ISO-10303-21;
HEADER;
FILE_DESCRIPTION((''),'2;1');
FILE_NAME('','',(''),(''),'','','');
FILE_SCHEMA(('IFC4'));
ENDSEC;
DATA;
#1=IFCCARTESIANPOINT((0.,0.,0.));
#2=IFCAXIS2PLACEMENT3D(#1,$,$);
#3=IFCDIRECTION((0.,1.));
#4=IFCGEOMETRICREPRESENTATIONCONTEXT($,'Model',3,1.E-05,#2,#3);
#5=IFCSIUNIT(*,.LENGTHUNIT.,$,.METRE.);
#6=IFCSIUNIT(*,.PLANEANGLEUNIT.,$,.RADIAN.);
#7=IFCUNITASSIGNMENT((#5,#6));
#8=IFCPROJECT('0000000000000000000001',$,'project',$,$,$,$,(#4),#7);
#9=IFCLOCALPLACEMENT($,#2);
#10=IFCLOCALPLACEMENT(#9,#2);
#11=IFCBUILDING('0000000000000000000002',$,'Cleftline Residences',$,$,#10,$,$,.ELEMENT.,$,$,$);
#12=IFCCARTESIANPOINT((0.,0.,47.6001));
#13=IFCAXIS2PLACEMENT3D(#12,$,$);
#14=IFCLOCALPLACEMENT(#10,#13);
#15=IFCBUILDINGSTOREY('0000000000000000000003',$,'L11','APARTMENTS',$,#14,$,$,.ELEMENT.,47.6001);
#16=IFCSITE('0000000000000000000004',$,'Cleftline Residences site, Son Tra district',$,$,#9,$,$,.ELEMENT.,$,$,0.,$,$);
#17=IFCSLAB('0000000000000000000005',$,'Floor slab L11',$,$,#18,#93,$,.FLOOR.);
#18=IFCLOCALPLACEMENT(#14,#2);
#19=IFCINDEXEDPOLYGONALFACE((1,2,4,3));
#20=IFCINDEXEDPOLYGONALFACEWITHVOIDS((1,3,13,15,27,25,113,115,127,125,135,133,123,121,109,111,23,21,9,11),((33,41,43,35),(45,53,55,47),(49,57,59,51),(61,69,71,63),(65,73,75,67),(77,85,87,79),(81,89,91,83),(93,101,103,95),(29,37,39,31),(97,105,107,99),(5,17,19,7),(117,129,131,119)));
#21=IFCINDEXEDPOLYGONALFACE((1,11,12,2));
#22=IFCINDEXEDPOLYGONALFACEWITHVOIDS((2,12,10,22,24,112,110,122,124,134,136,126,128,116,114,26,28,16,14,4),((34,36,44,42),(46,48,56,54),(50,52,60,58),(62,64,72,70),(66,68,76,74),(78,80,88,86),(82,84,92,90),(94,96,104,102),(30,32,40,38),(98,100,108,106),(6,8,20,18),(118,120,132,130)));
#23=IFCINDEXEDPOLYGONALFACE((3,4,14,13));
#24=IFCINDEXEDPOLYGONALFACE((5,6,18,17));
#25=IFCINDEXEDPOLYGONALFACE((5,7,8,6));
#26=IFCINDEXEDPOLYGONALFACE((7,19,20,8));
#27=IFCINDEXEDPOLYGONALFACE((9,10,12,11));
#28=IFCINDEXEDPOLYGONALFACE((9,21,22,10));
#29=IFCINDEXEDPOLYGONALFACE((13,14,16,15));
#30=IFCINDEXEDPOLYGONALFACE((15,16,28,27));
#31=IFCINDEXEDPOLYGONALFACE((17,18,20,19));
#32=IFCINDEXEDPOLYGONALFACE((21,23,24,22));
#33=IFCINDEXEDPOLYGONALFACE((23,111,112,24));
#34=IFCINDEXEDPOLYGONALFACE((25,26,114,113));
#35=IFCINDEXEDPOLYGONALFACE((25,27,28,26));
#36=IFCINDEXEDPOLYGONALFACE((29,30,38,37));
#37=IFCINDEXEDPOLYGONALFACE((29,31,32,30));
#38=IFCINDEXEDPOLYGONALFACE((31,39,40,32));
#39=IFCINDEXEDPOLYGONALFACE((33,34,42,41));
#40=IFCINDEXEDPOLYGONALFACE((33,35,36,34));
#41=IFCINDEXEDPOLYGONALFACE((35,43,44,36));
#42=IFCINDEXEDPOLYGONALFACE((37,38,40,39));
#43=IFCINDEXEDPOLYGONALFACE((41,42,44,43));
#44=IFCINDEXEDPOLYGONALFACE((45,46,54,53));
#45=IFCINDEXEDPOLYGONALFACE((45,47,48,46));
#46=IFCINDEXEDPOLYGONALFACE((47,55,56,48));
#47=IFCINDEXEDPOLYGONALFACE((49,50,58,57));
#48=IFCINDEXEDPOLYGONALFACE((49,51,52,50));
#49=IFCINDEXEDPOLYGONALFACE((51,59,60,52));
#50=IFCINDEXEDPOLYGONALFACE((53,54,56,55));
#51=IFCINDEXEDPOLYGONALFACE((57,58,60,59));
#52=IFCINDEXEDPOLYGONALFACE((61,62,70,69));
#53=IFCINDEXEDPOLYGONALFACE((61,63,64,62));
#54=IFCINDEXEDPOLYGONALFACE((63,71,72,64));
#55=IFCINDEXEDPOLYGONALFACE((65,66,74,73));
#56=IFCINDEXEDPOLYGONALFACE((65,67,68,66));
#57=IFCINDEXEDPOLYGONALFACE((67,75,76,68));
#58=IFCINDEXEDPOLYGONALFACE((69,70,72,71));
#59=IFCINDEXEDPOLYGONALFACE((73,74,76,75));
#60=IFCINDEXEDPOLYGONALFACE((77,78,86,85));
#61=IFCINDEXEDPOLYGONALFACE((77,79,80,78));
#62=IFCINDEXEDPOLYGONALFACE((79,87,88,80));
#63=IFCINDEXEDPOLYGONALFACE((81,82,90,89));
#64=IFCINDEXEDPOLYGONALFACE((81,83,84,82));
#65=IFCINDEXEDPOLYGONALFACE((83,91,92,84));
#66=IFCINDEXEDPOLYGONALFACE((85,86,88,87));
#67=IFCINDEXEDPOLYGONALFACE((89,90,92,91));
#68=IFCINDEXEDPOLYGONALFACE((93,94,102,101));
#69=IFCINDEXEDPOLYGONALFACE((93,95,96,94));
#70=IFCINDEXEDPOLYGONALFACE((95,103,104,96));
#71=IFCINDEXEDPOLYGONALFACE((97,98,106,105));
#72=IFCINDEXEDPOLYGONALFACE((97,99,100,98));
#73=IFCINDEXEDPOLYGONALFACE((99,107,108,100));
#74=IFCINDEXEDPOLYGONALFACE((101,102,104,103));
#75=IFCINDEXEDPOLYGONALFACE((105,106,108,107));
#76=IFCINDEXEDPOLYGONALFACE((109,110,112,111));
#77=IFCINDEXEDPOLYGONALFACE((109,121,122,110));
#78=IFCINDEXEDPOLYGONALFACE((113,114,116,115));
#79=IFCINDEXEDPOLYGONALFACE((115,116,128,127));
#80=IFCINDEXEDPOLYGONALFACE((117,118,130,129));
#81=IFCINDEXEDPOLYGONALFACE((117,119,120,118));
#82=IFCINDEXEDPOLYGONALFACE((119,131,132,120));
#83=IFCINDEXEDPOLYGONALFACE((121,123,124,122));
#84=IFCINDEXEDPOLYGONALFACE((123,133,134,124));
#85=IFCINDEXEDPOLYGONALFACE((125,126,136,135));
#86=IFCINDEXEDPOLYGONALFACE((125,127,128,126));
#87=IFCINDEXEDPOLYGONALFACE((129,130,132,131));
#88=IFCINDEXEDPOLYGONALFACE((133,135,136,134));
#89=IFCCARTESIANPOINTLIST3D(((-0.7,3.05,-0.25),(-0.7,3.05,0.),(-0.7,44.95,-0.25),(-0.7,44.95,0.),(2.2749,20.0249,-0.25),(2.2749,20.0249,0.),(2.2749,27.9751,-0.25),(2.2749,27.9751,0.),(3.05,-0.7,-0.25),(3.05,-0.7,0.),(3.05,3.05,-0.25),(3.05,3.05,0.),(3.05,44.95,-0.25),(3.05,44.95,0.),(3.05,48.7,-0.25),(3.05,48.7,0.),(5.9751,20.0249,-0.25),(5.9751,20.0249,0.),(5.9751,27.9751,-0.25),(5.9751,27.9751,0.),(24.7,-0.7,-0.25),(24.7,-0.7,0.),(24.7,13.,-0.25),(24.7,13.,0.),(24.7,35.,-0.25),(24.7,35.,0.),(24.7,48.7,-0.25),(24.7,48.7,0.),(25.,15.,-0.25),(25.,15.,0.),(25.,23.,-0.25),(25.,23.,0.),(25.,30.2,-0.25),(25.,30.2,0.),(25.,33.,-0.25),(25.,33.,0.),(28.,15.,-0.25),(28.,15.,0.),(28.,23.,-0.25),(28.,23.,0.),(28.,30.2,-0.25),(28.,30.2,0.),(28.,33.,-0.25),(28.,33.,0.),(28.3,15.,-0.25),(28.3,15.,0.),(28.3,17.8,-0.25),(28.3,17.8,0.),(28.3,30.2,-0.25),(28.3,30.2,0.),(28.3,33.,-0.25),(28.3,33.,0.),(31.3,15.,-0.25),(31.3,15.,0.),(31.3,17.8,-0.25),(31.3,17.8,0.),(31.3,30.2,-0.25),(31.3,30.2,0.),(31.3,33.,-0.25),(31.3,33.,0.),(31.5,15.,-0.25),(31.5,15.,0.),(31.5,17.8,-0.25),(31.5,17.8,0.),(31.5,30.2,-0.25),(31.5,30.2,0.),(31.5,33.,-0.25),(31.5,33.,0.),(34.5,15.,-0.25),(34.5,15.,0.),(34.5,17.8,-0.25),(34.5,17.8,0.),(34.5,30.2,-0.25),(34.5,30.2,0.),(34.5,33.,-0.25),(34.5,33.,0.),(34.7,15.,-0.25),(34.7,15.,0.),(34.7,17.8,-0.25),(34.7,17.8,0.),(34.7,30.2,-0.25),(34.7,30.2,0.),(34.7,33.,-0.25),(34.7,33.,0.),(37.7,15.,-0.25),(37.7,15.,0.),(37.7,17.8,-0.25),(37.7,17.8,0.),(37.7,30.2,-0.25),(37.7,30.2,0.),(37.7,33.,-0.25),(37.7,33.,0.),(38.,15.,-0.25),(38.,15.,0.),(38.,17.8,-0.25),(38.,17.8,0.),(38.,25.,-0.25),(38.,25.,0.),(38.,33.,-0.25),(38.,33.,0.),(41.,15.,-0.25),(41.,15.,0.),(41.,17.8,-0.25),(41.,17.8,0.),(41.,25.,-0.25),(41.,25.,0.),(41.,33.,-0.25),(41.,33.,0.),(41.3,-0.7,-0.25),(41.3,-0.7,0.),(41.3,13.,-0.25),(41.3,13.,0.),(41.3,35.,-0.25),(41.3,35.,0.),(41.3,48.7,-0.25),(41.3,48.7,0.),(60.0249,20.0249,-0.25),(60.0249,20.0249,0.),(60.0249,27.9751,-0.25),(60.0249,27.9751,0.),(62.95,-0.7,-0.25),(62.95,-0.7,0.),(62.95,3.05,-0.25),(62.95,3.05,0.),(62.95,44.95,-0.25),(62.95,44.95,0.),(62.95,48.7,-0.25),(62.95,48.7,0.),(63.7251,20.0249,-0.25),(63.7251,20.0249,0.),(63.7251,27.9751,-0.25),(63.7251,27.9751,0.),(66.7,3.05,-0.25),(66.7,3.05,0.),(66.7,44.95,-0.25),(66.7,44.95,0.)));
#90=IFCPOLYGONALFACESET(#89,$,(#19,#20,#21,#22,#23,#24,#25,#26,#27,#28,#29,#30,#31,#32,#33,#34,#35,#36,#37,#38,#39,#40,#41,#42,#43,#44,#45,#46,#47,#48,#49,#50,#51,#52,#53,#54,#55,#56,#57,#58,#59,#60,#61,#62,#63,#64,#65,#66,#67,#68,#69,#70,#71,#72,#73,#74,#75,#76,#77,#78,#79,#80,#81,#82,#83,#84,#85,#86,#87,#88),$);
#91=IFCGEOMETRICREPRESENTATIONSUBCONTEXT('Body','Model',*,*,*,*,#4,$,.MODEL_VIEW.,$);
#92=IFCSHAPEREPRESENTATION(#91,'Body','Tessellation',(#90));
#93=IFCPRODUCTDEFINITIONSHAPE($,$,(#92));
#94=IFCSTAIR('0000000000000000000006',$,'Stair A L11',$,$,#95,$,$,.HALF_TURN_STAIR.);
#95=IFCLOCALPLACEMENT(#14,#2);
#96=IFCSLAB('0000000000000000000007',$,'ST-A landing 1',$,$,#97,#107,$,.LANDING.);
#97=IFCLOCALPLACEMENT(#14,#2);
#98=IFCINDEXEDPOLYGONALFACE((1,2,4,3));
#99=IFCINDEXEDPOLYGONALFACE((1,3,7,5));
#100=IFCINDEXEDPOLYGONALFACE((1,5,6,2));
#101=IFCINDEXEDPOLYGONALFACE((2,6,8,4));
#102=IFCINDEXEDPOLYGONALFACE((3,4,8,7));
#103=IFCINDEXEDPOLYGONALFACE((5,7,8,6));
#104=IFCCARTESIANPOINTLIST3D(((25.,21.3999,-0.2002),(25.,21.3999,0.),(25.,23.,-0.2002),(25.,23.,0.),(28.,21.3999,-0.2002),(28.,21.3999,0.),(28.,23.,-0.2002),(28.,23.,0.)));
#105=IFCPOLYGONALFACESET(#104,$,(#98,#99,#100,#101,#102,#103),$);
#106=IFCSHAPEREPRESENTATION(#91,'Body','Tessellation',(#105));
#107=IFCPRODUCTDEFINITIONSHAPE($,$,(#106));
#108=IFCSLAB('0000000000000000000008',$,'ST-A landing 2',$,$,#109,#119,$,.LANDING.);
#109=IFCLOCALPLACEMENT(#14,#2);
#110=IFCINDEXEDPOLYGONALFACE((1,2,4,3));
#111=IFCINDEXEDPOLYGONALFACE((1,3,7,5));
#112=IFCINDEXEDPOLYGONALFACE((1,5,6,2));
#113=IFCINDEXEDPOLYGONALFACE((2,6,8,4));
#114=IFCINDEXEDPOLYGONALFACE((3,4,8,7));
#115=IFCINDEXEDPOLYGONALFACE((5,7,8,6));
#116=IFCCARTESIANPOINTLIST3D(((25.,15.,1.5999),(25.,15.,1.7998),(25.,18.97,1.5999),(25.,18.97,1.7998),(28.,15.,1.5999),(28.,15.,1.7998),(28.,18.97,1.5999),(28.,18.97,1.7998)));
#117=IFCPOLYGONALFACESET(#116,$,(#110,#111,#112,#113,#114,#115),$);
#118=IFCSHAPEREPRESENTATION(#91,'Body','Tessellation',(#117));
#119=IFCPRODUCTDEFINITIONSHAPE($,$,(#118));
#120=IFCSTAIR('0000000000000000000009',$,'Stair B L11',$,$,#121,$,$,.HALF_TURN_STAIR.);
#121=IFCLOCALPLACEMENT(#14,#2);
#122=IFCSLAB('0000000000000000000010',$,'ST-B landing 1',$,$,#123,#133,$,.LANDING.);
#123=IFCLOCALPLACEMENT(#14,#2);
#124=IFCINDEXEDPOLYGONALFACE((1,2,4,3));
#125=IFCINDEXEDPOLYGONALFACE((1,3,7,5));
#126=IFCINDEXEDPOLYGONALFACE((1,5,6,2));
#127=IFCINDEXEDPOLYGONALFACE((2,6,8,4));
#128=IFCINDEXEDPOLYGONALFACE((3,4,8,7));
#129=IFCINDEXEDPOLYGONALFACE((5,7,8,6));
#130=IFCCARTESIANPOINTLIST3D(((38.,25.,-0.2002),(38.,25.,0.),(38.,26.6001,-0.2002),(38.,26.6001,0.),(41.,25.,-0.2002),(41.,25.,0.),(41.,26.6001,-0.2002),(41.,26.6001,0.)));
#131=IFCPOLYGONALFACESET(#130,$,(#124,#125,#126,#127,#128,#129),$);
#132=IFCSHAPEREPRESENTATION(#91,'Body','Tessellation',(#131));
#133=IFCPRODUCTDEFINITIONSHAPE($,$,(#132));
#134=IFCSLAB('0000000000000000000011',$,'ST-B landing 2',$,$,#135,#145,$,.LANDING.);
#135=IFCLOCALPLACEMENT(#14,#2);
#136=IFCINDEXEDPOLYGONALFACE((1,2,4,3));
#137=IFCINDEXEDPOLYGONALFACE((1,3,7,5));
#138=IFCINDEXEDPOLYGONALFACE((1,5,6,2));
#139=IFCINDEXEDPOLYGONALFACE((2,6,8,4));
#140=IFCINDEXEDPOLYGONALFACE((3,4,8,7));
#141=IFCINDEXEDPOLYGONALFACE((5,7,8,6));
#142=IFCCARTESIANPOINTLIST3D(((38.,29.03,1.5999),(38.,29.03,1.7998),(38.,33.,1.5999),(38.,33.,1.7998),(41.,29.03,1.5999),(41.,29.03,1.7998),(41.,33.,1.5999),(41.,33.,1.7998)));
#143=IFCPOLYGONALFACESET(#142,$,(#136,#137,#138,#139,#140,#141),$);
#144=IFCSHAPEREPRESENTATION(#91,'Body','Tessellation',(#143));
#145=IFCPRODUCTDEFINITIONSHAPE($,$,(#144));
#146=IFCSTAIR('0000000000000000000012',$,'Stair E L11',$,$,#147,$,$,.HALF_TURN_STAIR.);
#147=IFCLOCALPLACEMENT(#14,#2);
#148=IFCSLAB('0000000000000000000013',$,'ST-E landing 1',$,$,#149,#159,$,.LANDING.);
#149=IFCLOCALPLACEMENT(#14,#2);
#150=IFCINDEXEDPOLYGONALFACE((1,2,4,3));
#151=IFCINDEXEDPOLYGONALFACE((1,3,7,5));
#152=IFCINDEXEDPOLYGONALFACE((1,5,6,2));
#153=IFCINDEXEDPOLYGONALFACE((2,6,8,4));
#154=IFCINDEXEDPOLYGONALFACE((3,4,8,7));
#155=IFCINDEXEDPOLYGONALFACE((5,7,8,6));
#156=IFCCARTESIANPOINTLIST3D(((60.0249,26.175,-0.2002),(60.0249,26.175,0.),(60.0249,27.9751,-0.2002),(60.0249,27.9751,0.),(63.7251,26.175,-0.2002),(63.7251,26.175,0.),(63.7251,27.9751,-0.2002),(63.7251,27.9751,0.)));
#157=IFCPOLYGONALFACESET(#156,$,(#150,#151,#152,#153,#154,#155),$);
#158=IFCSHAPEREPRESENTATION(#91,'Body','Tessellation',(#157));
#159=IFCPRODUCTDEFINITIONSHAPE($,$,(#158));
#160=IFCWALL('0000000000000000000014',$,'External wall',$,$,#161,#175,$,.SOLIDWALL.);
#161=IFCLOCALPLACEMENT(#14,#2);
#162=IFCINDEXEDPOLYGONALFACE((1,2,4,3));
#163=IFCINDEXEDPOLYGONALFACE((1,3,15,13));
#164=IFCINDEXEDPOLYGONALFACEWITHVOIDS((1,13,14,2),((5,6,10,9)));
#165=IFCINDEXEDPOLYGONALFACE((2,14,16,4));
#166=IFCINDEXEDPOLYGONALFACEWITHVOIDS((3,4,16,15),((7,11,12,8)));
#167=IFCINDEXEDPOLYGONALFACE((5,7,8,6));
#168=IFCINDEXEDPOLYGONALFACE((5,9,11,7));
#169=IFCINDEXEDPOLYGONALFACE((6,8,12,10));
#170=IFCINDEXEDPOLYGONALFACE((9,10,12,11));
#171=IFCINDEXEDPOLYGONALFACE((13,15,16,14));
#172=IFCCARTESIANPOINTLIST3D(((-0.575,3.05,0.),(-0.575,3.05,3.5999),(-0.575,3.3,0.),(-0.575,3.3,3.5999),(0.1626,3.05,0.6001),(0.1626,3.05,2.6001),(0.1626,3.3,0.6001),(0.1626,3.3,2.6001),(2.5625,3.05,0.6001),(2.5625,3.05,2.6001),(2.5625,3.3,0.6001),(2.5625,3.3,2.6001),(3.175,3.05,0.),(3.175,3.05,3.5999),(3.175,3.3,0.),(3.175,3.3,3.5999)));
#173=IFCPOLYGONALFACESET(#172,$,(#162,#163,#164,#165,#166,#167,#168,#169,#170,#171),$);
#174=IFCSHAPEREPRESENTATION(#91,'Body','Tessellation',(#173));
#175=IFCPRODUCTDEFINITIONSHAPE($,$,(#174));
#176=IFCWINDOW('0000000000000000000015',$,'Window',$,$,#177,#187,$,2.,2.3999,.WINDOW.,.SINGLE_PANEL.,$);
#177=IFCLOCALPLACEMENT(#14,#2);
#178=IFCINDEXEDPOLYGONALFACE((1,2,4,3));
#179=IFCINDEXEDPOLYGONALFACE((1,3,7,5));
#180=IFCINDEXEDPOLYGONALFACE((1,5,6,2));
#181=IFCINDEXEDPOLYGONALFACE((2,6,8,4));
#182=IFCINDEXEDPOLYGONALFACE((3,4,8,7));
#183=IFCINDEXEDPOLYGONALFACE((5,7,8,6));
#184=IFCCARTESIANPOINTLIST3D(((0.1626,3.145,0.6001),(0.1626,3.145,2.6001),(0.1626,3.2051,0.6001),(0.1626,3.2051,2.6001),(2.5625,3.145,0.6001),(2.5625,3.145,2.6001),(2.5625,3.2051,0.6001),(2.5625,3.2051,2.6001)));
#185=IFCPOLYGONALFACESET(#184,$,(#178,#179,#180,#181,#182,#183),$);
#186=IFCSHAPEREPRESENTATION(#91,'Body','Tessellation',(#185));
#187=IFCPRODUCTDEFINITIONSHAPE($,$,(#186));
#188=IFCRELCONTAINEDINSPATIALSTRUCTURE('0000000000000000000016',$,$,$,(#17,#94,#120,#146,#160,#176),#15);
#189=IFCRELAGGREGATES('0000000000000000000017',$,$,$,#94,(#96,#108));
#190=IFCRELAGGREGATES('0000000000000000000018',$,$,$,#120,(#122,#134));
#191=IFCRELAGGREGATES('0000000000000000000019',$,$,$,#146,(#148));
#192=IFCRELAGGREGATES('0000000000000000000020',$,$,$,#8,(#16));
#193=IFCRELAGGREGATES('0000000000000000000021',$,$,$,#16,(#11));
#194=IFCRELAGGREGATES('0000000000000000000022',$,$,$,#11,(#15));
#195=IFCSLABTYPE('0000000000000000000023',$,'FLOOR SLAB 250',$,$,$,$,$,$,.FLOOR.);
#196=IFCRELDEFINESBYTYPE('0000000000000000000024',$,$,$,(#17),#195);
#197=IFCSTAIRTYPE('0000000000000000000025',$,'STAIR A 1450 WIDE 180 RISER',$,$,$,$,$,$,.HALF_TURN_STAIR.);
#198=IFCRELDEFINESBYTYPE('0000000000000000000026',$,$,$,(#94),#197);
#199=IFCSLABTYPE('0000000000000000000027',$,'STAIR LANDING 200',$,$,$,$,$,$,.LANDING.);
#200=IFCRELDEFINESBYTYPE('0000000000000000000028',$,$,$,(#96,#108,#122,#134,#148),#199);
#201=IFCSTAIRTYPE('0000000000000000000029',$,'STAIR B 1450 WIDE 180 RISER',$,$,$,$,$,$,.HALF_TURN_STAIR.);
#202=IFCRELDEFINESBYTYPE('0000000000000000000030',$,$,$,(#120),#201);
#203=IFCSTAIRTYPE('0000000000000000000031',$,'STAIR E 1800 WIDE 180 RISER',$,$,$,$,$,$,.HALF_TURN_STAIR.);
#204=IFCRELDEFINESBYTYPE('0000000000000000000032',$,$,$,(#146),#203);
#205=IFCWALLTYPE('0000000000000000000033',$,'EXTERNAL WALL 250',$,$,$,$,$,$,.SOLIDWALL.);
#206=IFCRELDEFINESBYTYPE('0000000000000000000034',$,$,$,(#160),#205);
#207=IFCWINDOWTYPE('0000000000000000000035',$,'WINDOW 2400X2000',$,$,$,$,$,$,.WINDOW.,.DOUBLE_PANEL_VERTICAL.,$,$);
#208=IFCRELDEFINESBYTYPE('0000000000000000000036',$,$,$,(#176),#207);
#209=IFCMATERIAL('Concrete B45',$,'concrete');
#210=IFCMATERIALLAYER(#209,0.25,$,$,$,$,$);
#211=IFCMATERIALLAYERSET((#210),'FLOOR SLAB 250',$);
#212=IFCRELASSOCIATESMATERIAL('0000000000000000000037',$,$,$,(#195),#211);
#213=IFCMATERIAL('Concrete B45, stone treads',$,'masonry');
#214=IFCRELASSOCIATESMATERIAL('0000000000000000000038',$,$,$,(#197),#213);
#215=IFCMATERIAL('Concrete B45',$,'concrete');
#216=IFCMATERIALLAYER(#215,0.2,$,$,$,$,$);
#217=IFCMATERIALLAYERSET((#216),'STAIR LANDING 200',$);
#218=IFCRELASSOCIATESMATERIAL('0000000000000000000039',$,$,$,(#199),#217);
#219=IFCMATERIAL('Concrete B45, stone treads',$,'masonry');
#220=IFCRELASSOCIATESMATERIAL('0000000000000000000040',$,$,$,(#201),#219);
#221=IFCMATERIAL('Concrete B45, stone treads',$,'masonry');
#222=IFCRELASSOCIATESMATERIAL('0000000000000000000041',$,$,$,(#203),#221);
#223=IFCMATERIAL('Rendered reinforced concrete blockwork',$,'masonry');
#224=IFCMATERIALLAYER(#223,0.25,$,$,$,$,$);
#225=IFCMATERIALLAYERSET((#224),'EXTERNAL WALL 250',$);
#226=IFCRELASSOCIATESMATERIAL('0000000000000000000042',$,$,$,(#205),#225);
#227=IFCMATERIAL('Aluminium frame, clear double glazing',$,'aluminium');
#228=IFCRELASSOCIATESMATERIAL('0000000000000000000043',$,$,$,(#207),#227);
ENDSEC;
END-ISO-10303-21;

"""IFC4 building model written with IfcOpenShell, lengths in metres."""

from ifc_helpers import new_model, si_unit, direction, frame, frame_2d, origin, place, context, subcontext, project, spatial, polyline, rectangle, outline, extrude, material, layer, layer_set, type_object, element, fill, aggregate, save


model = new_model("IFC4")

# Units and contexts
model_context = context("Model", 3, precision=1e-05, world=origin(), true_north=direction((0.0, 1.0)))
body_context = subcontext(model_context, "Body", "Model", "MODEL_VIEW")
ifc_project = project(units=[si_unit("LENGTHUNIT", "METRE"), si_unit("PLANEANGLEUNIT", "RADIAN")], contexts=[model_context])

# Site, building, storey
site_placement = place(None, origin())
site = spatial("IfcSite", under=ifc_project, at=site_placement, Name="Cleftline Residences site, Son Tra district", CompositionType="ELEMENT", RefElevation=0.0)
building_placement = place(site_placement, origin())
building = spatial("IfcBuilding", under=site, at=building_placement, Name="Cleftline Residences", CompositionType="ELEMENT")
storey_placement = place(building_placement, frame((0.0, 0.0, 47.6001)))
storey = spatial("IfcBuildingStorey", under=building, at=storey_placement, Name="L11", Description="APARTMENTS", CompositionType="ELEMENT", Elevation=47.6001)

# Slab
ifc_material_1 = material(Name="Concrete B45", Category="concrete")
ifc_layer_1 = layer(ifc_material_1, 0.25)
ifc_layer_set_1 = layer_set([ifc_layer_1], Name="FLOOR SLAB 250")
slab_type_1 = type_object("IfcSlabType", Name="FLOOR SLAB 250", PredefinedType="FLOOR", material=ifc_layer_set_1)
slab_1_placement = place(storey_placement, frame((0.0, 0.0, -0.25)))
element("IfcSlab", 1, at=slab_1_placement, inside=storey, type_object=slab_type_1, Name="Floor slab L11", PredefinedType="FLOOR", context=body_context, shape_type="SweptSolid", body=[
    extrude(outline(polyline([(24.7, 13.0), (41.3, 13.0), (41.3, -0.7), (62.95, -0.7), (62.95, 3.05), (66.7, 3.05), (66.7, 44.95), (62.95, 44.95), (62.95, 48.7), (41.3, 48.7), (41.3, 35.0), (24.7, 35.0), (24.7, 48.7), (3.05, 48.7), (3.05, 44.95), (-0.7, 44.95), (-0.7, 3.05), (3.05, 3.05), (3.05, -0.7), (24.7, -0.7), (24.7, 13.0)]), holes=[polyline([(28.0, 15.0), (28.0, 23.0), (25.0, 23.0), (25.0, 15.0), (28.0, 15.0)]), polyline([(41.0, 25.0), (41.0, 33.0), (38.0, 33.0), (38.0, 25.0), (41.0, 25.0)]), polyline([(28.0, 30.2), (28.0, 33.0), (25.0, 33.0), (25.0, 30.2), (28.0, 30.2)]), polyline([(41.0, 15.0), (41.0, 17.8), (38.0, 17.8), (38.0, 15.0), (41.0, 15.0)]), polyline([(31.3, 15.0), (31.3, 17.8), (28.3, 17.8), (28.3, 15.0), (31.3, 15.0)]), polyline([(34.5, 15.0), (34.5, 17.8), (31.5, 17.8), (31.5, 15.0), (34.5, 15.0)]), polyline([(37.7, 15.0), (37.7, 17.8), (34.7, 17.8), (34.7, 15.0), (37.7, 15.0)]), polyline([(31.3, 30.2), (31.3, 33.0), (28.3, 33.0), (28.3, 30.2), (31.3, 30.2)]), polyline([(34.5, 30.2), (34.5, 33.0), (31.5, 33.0), (31.5, 30.2), (34.5, 30.2)]), polyline([(37.7, 30.2), (37.7, 33.0), (34.7, 33.0), (34.7, 30.2), (37.7, 30.2)]), polyline([(63.7251, 20.0249), (63.7251, 27.9751), (60.0249, 27.9751), (60.0249, 20.0249), (63.7251, 20.0249)]), polyline([(5.9751, 20.0249), (5.9751, 27.9751), (2.2749, 27.9751), (2.2749, 20.0249), (5.9751, 20.0249)])]), origin(), (0.0, 0.0, 1.0), 0.25),
])

# Stairs, slabs
ifc_material_2 = material(Name="Concrete B45, stone treads", Category="masonry")
stair_type_1 = type_object("IfcStairType", Name="STAIR A 1450 WIDE 180 RISER", PredefinedType="HALF_TURN_STAIR", material=ifc_material_2)
stair_1_placement = place(storey_placement, origin())
stair_1 = element("IfcStair", 2, at=stair_1_placement, inside=storey, type_object=stair_type_1, Name="Stair A L11", PredefinedType="HALF_TURN_STAIR")
ifc_material_3 = material(Name="Concrete B45", Category="concrete")
ifc_layer_2 = layer(ifc_material_3, 0.2)
ifc_layer_set_2 = layer_set([ifc_layer_2], Name="STAIR LANDING 200")
slab_type_2 = type_object("IfcSlabType", Name="STAIR LANDING 200", PredefinedType="LANDING", material=ifc_layer_set_2)
slab_2_placement = place(storey_placement, frame((0.0, 0.0, -0.2002)))
slab_2 = element("IfcSlab", 3, at=slab_2_placement, type_object=slab_type_2, Name="ST-A landing 1", PredefinedType="LANDING", context=body_context, shape_type="SweptSolid", body=[
    extrude(outline(polyline([(25.0, 21.3999), (28.0, 21.3999), (28.0, 23.0), (25.0, 23.0), (25.0, 21.3999)])), origin(), (0.0, 0.0, 1.0), 0.2002),
])
slab_3_placement = place(storey_placement, frame((0.0, 0.0, 1.5999)))
slab_3 = element("IfcSlab", 4, at=slab_3_placement, type_object=slab_type_2, Name="ST-A landing 2", PredefinedType="LANDING", context=body_context, shape_type="SweptSolid", body=[
    extrude(outline(polyline([(25.0, 15.0), (28.0, 15.0), (28.0, 18.97), (25.0, 18.97), (25.0, 15.0)])), origin(), (0.0, 0.0, 1.0), 0.2),
])
aggregate(stair_1, [slab_2, slab_3])
ifc_material_4 = material(Name="Concrete B45, stone treads", Category="masonry")
stair_type_2 = type_object("IfcStairType", Name="STAIR B 1450 WIDE 180 RISER", PredefinedType="HALF_TURN_STAIR", material=ifc_material_4)
stair_2_placement = place(storey_placement, origin())
stair_2 = element("IfcStair", 5, at=stair_2_placement, inside=storey, type_object=stair_type_2, Name="Stair B L11", PredefinedType="HALF_TURN_STAIR")
slab_4_placement = place(storey_placement, frame((0.0, 0.0, -0.2002)))
slab_4 = element("IfcSlab", 6, at=slab_4_placement, type_object=slab_type_2, Name="ST-B landing 1", PredefinedType="LANDING", context=body_context, shape_type="SweptSolid", body=[
    extrude(outline(polyline([(38.0, 25.0), (41.0, 25.0), (41.0, 26.6001), (38.0, 26.6001), (38.0, 25.0)])), origin(), (0.0, 0.0, 1.0), 0.2002),
])
slab_5_placement = place(storey_placement, frame((0.0, 0.0, 1.5999)))
slab_5 = element("IfcSlab", 7, at=slab_5_placement, type_object=slab_type_2, Name="ST-B landing 2", PredefinedType="LANDING", context=body_context, shape_type="SweptSolid", body=[
    extrude(outline(polyline([(38.0, 29.03), (41.0, 29.03), (41.0, 33.0), (38.0, 33.0), (38.0, 29.03)])), origin(), (0.0, 0.0, 1.0), 0.2),
])
aggregate(stair_2, [slab_4, slab_5])

# Stair, slab
ifc_material_5 = material(Name="Concrete B45, stone treads", Category="masonry")
stair_type_3 = type_object("IfcStairType", Name="STAIR E 1800 WIDE 180 RISER", PredefinedType="HALF_TURN_STAIR", material=ifc_material_5)
stair_3_placement = place(storey_placement, origin())
stair_3 = element("IfcStair", 8, at=stair_3_placement, inside=storey, type_object=stair_type_3, Name="Stair E L11", PredefinedType="HALF_TURN_STAIR")
slab_6_placement = place(storey_placement, frame((0.0, 0.0, -0.2002)))
slab_6 = element("IfcSlab", 9, at=slab_6_placement, type_object=slab_type_2, Name="ST-E landing 1", PredefinedType="LANDING", context=body_context, shape_type="SweptSolid", body=[
    extrude(outline(polyline([(60.0249, 26.175), (63.7251, 26.175), (63.7251, 27.9751), (60.0249, 27.9751), (60.0249, 26.175)])), origin(), (0.0, 0.0, 1.0), 0.2002),
])
aggregate(stair_3, [slab_6])

# Wall, opening, window
ifc_material_6 = material(Name="Rendered reinforced concrete blockwork", Category="masonry")
ifc_layer_3 = layer(ifc_material_6, 0.25)
ifc_layer_set_3 = layer_set([ifc_layer_3], Name="EXTERNAL WALL 250")
wall_type = type_object("IfcWallType", Name="EXTERNAL WALL 250", PredefinedType="SOLIDWALL", material=ifc_layer_set_3)
wall_placement = place(storey_placement, frame((-0.575, 3.175, 0.0), z_axis=(0.0, 0.0, 1.0), x_axis=(1.0, 0.0, 0.0)))
wall = element("IfcWall", 10, at=wall_placement, inside=storey, type_object=wall_type, Name="External wall", PredefinedType="SOLIDWALL", context=body_context, shape_type="SweptSolid", body=[
    extrude(rectangle(XDim=3.75, YDim=0.25, at=frame_2d((1.875, 0.0))), origin(), (0.0, 0.0, 1.0), 3.5999),
])
opening_placement = place(wall_placement, frame((0.7375, 0.0, 0.6001)))
opening = element("IfcOpeningElement", 11, at=opening_placement, cuts=wall, PredefinedType="OPENING", context=body_context, shape_type="SweptSolid", body=[
    extrude(rectangle(XDim=2.3999, YDim=2.0, at=frame_2d((1.2, 1.0))), frame((0.0, 0.135, 0.0), z_axis=(0.0, -1.0, 0.0), x_axis=(1.0, 0.0, 0.0)), (0.0, 0.0, 1.0), 0.27),
])
ifc_material_7 = material(Name="Aluminium frame, clear double glazing", Category="aluminium")
window_type = type_object("IfcWindowType", Name="WINDOW 2400X2000", PartitioningType="DOUBLE_PANEL_VERTICAL", PredefinedType="WINDOW", material=ifc_material_7)
window_placement = place(opening_placement, origin())
window = element("IfcWindow", 12, at=window_placement, inside=storey, type_object=window_type, Name="Window", OverallHeight=2.0, OverallWidth=2.3999, PartitioningType="SINGLE_PANEL", PredefinedType="WINDOW", context=body_context, shape_type="SweptSolid", body=[
    extrude(rectangle(XDim=2.3999, YDim=2.0, at=frame_2d((1.2, 1.0))), frame((0.0, 0.03, 0.0), z_axis=(0.0, -1.0, 0.0), x_axis=(1.0, 0.0, 0.0)), (0.0, 0.0, 1.0), 0.0601),
])
fill(opening, window)

save(model, "model.ifc")
